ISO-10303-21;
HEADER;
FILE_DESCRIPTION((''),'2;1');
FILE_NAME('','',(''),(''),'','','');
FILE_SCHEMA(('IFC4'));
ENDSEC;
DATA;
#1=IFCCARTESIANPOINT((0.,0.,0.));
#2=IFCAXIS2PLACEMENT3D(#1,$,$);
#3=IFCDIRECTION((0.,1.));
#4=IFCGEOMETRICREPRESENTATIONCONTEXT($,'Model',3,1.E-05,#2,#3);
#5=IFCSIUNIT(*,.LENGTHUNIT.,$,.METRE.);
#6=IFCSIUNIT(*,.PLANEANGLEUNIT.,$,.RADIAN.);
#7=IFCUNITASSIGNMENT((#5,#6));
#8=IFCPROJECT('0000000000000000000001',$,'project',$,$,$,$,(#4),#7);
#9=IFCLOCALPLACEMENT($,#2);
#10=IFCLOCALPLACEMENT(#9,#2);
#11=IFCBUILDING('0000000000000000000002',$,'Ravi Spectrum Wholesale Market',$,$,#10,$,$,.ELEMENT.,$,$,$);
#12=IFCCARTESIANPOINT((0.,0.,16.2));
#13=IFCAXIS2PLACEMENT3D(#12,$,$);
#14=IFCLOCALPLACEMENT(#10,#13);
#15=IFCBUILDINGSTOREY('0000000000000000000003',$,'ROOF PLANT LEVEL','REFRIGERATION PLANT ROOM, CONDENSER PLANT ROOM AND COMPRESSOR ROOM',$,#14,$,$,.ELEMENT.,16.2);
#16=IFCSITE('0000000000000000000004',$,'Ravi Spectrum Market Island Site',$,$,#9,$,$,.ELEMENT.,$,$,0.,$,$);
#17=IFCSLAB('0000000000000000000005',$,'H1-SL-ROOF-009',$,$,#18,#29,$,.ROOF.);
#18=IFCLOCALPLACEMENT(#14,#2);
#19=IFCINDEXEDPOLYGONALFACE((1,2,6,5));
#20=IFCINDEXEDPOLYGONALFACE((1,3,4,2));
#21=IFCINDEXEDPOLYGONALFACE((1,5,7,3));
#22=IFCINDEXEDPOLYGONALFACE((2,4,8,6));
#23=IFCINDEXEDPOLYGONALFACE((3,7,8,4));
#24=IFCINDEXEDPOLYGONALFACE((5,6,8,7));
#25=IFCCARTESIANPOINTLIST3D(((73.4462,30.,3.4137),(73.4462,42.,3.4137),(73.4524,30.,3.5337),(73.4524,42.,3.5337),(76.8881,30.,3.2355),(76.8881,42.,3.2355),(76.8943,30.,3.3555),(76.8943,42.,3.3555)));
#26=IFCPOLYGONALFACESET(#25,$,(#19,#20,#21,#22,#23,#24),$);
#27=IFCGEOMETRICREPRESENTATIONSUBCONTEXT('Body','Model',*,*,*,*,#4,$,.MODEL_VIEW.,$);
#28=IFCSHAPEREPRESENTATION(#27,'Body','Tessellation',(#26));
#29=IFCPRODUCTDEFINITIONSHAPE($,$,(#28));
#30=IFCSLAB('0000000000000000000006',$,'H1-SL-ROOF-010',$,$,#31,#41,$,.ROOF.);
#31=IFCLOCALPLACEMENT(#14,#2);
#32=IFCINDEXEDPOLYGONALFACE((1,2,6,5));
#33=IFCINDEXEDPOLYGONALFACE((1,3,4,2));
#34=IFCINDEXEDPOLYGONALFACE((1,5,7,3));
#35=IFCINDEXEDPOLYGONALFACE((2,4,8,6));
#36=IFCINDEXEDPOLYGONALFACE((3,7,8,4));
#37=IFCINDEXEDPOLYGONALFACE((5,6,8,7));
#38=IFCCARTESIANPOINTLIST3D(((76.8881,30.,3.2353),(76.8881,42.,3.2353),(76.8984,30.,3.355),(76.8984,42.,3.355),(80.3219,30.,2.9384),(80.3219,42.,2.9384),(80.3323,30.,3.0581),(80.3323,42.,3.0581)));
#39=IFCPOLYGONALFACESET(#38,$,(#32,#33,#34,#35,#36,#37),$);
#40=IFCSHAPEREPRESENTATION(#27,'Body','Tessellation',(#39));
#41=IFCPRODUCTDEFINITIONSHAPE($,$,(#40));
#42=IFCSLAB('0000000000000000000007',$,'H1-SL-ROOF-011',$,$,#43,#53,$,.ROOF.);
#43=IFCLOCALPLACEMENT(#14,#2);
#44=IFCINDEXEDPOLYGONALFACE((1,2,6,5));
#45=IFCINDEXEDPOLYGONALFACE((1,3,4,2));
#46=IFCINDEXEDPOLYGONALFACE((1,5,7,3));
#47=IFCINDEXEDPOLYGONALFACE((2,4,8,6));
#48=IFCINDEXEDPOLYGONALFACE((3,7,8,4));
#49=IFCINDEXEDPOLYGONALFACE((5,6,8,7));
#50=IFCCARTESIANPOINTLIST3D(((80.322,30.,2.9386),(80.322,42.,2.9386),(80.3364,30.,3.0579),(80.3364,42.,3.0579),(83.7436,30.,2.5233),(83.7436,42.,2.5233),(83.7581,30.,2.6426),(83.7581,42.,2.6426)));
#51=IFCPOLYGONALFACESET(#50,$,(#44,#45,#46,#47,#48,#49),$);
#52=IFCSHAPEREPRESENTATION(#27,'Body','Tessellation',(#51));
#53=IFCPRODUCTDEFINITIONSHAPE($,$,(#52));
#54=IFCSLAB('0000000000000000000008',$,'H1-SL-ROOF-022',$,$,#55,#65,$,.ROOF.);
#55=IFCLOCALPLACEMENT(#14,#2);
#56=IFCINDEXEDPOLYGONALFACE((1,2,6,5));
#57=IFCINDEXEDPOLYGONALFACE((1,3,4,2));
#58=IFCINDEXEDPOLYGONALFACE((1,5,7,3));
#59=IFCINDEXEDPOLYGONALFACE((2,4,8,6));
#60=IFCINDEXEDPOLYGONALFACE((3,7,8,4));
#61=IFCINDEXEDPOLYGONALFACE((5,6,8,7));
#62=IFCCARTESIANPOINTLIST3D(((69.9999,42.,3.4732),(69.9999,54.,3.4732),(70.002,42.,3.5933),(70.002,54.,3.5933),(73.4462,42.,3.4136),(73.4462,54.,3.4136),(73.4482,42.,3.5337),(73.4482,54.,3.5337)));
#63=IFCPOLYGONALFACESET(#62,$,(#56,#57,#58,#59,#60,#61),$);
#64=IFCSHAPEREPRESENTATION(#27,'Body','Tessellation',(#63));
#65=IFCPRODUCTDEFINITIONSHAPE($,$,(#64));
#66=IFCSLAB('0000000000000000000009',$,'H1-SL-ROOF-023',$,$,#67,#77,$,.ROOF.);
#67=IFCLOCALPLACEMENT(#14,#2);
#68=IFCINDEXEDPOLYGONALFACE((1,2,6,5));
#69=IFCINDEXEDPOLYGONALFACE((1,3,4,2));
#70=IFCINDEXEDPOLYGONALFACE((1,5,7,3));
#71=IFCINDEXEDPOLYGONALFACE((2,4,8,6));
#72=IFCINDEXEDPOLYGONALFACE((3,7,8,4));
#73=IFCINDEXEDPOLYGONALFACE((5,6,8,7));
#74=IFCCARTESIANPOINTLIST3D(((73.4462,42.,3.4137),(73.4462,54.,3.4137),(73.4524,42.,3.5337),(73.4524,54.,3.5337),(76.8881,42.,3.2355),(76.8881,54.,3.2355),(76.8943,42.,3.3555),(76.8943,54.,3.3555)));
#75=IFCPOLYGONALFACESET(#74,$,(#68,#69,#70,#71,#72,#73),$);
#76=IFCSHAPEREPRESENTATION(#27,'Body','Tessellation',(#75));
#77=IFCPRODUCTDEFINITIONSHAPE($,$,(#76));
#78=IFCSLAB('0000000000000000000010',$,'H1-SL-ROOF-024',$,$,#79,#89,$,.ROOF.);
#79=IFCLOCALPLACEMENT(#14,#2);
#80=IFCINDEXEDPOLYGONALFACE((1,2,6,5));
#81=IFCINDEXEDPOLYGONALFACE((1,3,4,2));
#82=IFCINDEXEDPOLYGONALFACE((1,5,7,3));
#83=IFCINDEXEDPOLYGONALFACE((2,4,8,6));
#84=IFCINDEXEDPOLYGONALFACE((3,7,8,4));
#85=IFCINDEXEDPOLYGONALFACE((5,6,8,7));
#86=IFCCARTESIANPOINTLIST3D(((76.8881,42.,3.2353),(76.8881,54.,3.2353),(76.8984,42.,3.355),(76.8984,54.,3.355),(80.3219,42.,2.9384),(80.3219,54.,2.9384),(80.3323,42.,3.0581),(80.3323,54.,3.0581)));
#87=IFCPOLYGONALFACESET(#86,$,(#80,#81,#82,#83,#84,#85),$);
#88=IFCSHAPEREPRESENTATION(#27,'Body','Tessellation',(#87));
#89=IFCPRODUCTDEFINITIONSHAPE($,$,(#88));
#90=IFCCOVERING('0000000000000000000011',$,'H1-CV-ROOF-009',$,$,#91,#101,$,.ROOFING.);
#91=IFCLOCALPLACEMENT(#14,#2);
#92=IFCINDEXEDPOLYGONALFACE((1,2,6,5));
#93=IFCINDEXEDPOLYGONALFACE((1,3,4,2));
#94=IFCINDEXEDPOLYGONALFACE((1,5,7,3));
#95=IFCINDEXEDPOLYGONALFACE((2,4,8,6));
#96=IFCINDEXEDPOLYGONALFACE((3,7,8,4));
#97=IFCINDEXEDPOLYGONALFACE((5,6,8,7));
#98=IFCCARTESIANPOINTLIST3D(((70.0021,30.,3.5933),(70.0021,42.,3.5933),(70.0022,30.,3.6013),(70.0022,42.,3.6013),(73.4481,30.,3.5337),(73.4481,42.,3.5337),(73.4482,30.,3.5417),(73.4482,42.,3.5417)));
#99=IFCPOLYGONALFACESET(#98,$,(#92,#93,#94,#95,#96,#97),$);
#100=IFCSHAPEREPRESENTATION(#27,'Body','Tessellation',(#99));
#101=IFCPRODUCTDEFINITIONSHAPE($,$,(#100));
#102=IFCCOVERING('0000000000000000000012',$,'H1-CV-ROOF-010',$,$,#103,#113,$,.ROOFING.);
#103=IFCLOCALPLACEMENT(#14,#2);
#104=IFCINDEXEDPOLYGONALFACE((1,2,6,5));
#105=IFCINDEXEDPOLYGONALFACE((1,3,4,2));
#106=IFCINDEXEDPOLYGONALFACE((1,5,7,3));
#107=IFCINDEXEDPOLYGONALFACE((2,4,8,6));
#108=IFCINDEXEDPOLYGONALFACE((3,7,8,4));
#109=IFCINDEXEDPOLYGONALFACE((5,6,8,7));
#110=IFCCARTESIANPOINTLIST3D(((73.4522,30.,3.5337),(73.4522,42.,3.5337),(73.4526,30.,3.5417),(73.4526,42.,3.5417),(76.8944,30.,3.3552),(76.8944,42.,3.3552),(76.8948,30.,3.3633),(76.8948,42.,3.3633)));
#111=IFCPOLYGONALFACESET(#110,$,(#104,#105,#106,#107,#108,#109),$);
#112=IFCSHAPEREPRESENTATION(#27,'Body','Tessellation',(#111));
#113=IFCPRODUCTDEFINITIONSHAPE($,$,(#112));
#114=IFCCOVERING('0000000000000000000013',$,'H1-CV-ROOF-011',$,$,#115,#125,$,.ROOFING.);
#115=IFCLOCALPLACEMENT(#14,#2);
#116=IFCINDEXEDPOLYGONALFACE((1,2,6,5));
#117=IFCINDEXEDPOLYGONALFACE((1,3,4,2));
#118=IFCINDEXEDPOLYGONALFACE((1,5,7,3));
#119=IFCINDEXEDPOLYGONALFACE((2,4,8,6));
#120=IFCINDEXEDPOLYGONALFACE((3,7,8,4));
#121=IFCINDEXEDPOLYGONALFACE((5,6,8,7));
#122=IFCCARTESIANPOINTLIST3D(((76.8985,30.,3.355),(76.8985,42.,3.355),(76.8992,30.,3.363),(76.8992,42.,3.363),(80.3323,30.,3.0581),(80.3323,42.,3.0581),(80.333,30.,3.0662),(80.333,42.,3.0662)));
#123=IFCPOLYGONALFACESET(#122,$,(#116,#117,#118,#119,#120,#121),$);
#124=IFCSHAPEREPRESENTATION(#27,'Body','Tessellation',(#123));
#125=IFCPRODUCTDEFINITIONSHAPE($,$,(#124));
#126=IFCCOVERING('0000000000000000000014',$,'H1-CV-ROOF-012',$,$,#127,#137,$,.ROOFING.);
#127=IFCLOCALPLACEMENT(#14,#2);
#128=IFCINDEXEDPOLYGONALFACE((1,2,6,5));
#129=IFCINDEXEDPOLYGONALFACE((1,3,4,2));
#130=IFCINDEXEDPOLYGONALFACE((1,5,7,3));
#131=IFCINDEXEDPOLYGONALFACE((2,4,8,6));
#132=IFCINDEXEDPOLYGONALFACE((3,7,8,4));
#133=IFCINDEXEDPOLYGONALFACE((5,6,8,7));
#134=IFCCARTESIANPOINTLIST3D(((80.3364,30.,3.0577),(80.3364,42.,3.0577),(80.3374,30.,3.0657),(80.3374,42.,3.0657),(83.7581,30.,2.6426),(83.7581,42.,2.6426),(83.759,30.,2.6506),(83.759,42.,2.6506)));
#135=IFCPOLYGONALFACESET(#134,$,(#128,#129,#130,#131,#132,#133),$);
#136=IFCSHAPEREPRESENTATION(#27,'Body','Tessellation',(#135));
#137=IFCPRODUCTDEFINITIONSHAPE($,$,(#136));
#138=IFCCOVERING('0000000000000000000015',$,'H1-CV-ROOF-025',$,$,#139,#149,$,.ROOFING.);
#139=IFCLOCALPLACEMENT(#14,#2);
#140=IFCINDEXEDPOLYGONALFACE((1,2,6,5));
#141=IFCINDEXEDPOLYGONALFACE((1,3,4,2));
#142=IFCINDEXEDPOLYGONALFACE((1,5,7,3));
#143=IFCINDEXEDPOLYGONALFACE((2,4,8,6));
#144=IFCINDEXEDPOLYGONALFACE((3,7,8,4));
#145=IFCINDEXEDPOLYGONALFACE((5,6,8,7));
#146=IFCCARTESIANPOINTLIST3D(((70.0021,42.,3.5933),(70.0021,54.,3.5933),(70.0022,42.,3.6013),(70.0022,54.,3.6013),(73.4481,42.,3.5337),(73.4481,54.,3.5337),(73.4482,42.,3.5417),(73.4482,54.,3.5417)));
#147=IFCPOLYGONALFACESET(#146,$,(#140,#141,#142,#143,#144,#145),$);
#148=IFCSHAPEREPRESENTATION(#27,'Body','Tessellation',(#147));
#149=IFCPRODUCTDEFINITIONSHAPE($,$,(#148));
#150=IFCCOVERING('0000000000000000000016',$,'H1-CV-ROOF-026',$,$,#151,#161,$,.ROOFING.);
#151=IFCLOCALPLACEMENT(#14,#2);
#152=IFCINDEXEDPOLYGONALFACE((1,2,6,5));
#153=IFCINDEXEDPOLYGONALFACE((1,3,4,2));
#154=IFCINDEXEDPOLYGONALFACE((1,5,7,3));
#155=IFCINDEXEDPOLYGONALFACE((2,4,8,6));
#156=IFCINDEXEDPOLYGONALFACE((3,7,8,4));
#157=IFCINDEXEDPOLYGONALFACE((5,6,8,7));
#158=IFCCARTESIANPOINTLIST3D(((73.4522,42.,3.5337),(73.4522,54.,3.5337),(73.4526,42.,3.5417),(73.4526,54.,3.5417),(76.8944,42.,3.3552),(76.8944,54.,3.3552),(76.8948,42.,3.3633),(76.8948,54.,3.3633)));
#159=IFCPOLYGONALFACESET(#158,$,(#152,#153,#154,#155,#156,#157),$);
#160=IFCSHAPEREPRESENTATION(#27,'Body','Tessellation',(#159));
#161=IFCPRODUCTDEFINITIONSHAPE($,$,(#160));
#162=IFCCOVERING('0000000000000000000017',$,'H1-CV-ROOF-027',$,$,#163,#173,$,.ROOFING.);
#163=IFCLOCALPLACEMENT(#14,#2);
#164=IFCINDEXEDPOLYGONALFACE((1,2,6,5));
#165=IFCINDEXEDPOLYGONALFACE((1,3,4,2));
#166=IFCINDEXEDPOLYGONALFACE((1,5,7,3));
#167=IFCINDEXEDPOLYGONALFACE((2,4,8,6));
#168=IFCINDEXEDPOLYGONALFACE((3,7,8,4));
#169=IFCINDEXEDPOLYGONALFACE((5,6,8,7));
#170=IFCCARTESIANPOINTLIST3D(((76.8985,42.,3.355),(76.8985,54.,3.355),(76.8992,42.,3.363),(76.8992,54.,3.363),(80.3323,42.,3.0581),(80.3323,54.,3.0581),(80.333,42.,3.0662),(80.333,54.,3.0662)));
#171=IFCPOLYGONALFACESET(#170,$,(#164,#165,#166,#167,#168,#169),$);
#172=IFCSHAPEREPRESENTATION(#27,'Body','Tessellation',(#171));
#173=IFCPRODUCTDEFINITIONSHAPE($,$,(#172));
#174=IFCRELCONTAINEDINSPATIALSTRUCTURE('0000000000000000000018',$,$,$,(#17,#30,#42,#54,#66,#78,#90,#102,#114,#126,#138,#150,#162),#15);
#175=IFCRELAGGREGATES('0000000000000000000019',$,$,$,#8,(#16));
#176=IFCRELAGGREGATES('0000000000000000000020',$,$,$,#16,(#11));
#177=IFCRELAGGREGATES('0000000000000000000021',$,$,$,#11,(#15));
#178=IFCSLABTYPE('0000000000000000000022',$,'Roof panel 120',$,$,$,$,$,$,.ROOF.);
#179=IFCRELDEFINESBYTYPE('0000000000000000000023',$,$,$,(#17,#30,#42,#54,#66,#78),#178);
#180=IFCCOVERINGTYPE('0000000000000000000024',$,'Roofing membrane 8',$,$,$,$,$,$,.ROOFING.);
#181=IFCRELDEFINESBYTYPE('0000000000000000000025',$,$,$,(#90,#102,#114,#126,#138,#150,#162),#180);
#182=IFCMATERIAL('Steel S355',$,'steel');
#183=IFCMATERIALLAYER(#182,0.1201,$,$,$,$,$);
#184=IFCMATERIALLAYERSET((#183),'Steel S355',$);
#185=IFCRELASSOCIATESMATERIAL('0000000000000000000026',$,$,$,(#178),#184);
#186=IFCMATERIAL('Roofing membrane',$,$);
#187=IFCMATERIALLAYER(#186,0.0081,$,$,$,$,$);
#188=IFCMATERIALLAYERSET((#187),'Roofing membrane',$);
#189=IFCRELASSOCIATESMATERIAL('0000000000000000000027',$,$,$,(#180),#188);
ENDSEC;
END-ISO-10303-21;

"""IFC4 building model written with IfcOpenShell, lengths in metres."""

from ifc_helpers import new_model, si_unit, direction, frame, origin, place, context, subcontext, project, spatial, polyline, outline, extrude, material, layer, layer_set, type_object, element, save


model = new_model("IFC4")

# Units and contexts
model_context = context("Model", 3, precision=1e-05, world=origin(), true_north=direction((0.0, 1.0)))
body_context = subcontext(model_context, "Body", "Model", "MODEL_VIEW")
ifc_project = project(units=[si_unit("LENGTHUNIT", "METRE"), si_unit("PLANEANGLEUNIT", "RADIAN")], contexts=[model_context])

# Site, building, storey
site_placement = place(None, origin())
site = spatial("IfcSite", under=ifc_project, at=site_placement, Name="Ravi Spectrum Market Island Site", CompositionType="ELEMENT", RefElevation=0.0)
building_placement = place(site_placement, origin())
building = spatial("IfcBuilding", under=site, at=building_placement, Name="Ravi Spectrum Wholesale Market", CompositionType="ELEMENT")
storey_placement = place(building_placement, frame((0.0, 0.0, 16.2)))
storey = spatial("IfcBuildingStorey", under=building, at=storey_placement, Name="ROOF PLANT LEVEL", Description="REFRIGERATION PLANT ROOM, CONDENSER PLANT ROOM AND COMPRESSOR ROOM", CompositionType="ELEMENT", Elevation=16.2)

# Slabs
ifc_material_1 = material(Name="Steel S355", Category="steel")
ifc_layer_1 = layer(ifc_material_1, 0.1201)
ifc_layer_set_1 = layer_set([ifc_layer_1], Name="Steel S355")
slab_type = type_object("IfcSlabType", Name="Roof panel 120", PredefinedType="ROOF", material=ifc_layer_set_1)
slab_1_placement = place(storey_placement, frame((73.4524, 30.0, 3.5337), z_axis=(0.051711, 0.0, 0.998662), x_axis=(0.998662, 0.0, -0.051711)))
element("IfcSlab", 1, at=slab_1_placement, inside=storey, type_object=slab_type, Name="H1-SL-ROOF-009", PredefinedType="ROOF", context=body_context, shape_type="SweptSolid", body=[
    extrude(outline(polyline([(0.0, 0.0), (3.4465, 0.0), (3.4465, 12.0), (0.0, 12.0), (0.0, 0.0)])), origin(), (0.0, 0.0, -1.0), 0.1201),
])
slab_2_placement = place(storey_placement, frame((76.8984, 30.0, 3.355), z_axis=(0.086134, 0.0, 0.996284), x_axis=(0.996284, 0.0, -0.086134)))
element("IfcSlab", 2, at=slab_2_placement, inside=storey, type_object=slab_type, Name="H1-SL-ROOF-010", PredefinedType="ROOF", context=body_context, shape_type="SweptSolid", body=[
    extrude(outline(polyline([(0.0, 0.0), (3.4466, 0.0), (3.4466, 12.0), (0.0, 12.0), (0.0, 0.0)])), origin(), (0.0, 0.0, -1.0), 0.1201),
])
slab_3_placement = place(storey_placement, frame((80.3364, 30.0, 3.0579), z_axis=(0.120486, 0.0, 0.992715), x_axis=(0.992715, 0.0, -0.120486)))
element("IfcSlab", 3, at=slab_3_placement, inside=storey, type_object=slab_type, Name="H1-SL-ROOF-011", PredefinedType="ROOF", context=body_context, shape_type="SweptSolid", body=[
    extrude(outline(polyline([(0.0, 0.0), (3.4467, 0.0), (3.4467, 12.0), (0.0, 12.0), (0.0, 0.0)])), origin(), (0.0, 0.0, -1.0), 0.1201),
])
slab_4_placement = place(storey_placement, frame((70.002, 42.0, 3.5933), z_axis=(0.017283, 0.0, 0.999851), x_axis=(0.999851, 0.0, -0.017283)))
element("IfcSlab", 4, at=slab_4_placement, inside=storey, type_object=slab_type, Name="H1-SL-ROOF-022", PredefinedType="ROOF", context=body_context, shape_type="SweptSolid", body=[
    extrude(outline(polyline([(0.0, 0.0), (3.4468, 0.0), (3.4468, 12.0), (0.0, 12.0), (0.0, 0.0)])), origin(), (0.0, 0.0, -1.0), 0.1201),
])
slab_5_placement = place(storey_placement, frame((73.4524, 42.0, 3.5337), z_axis=(0.051711, 0.0, 0.998662), x_axis=(0.998662, 0.0, -0.051711)))
element("IfcSlab", 5, at=slab_5_placement, inside=storey, type_object=slab_type, Name="H1-SL-ROOF-023", PredefinedType="ROOF", context=body_context, shape_type="SweptSolid", body=[
    extrude(outline(polyline([(0.0, 0.0), (3.4465, 0.0), (3.4465, 12.0), (0.0, 12.0), (0.0, 0.0)])), origin(), (0.0, 0.0, -1.0), 0.1201),
])
slab_6_placement = place(storey_placement, frame((76.8984, 42.0, 3.355), z_axis=(0.086134, 0.0, 0.996284), x_axis=(0.996284, 0.0, -0.086134)))
element("IfcSlab", 6, at=slab_6_placement, inside=storey, type_object=slab_type, Name="H1-SL-ROOF-024", PredefinedType="ROOF", context=body_context, shape_type="SweptSolid", body=[
    extrude(outline(polyline([(0.0, 0.0), (3.4466, 0.0), (3.4466, 12.0), (0.0, 12.0), (0.0, 0.0)])), origin(), (0.0, 0.0, -1.0), 0.1201),
])

# Coverings
ifc_material_2 = material(Name="Roofing membrane")
ifc_layer_2 = layer(ifc_material_2, 0.0081)
ifc_layer_set_2 = layer_set([ifc_layer_2], Name="Roofing membrane")
covering_type = type_object("IfcCoveringType", Name="Roofing membrane 8", PredefinedType="ROOFING", material=ifc_layer_set_2)
covering_1_placement = place(storey_placement, frame((70.0022, 30.0, 3.6013), z_axis=(0.017284, 0.0, 0.999851), x_axis=(0.999851, 0.0, -0.017284)))
element("IfcCovering", 7, at=covering_1_placement, inside=storey, type_object=covering_type, Name="H1-CV-ROOF-009", PredefinedType="ROOFING", context=body_context, shape_type="SweptSolid", body=[
    extrude(outline(polyline([(0.0, 0.0), (3.4466, 0.0), (3.4466, 12.0), (0.0, 12.0), (0.0, 0.0)])), origin(), (0.0, 0.0, -1.0), 0.0081),
])
covering_2_placement = place(storey_placement, frame((73.4526, 30.0, 3.5417), z_axis=(0.051778, 0.0, 0.998659), x_axis=(0.998659, 0.0, -0.051778)))
element("IfcCovering", 8, at=covering_2_placement, inside=storey, type_object=covering_type, Name="H1-CV-ROOF-010", PredefinedType="ROOFING", context=body_context, shape_type="SweptSolid", body=[
    extrude(outline(polyline([(0.0, 0.0), (3.4468, 0.0), (3.4468, 12.0), (0.0, 12.0), (0.0, 0.0)])), origin(), (0.0, 0.0, -1.0), 0.0081),
])
covering_3_placement = place(storey_placement, frame((76.8992, 30.0, 3.363), z_axis=(0.086134, 0.0, 0.996284), x_axis=(0.996284, 0.0, -0.086134)))
element("IfcCovering", 9, at=covering_3_placement, inside=storey, type_object=covering_type, Name="H1-CV-ROOF-011", PredefinedType="ROOFING", context=body_context, shape_type="SweptSolid", body=[
    extrude(outline(polyline([(0.0, 0.0), (3.4466, 0.0), (3.4466, 12.0), (0.0, 12.0), (0.0, 0.0)])), origin(), (0.0, 0.0, -1.0), 0.0081),
])
covering_4_placement = place(storey_placement, frame((80.3374, 30.0, 3.0657), z_axis=(0.120416, 0.0, 0.992724), x_axis=(0.992724, 0.0, -0.120416)))
element("IfcCovering", 10, at=covering_4_placement, inside=storey, type_object=covering_type, Name="H1-CV-ROOF-012", PredefinedType="ROOFING", context=body_context, shape_type="SweptSolid", body=[
    extrude(outline(polyline([(0.0, 0.0), (3.4467, 0.0), (3.4467, 12.0), (0.0, 12.0), (0.0, 0.0)])), origin(), (0.0, 0.0, -1.0), 0.0081),
])
covering_5_placement = place(storey_placement, frame((70.0022, 42.0, 3.6013), z_axis=(0.017284, 0.0, 0.999851), x_axis=(0.999851, 0.0, -0.017284)))
element("IfcCovering", 11, at=covering_5_placement, inside=storey, type_object=covering_type, Name="H1-CV-ROOF-025", PredefinedType="ROOFING", context=body_context, shape_type="SweptSolid", body=[
    extrude(outline(polyline([(0.0, 0.0), (3.4466, 0.0), (3.4466, 12.0), (0.0, 12.0), (0.0, 0.0)])), origin(), (0.0, 0.0, -1.0), 0.0081),
])
covering_6_placement = place(storey_placement, frame((73.4526, 42.0, 3.5417), z_axis=(0.051778, 0.0, 0.998659), x_axis=(0.998659, 0.0, -0.051778)))
element("IfcCovering", 12, at=covering_6_placement, inside=storey, type_object=covering_type, Name="H1-CV-ROOF-026", PredefinedType="ROOFING", context=body_context, shape_type="SweptSolid", body=[
    extrude(outline(polyline([(0.0, 0.0), (3.4468, 0.0), (3.4468, 12.0), (0.0, 12.0), (0.0, 0.0)])), origin(), (0.0, 0.0, -1.0), 0.0081),
])
covering_7_placement = place(storey_placement, frame((76.8992, 42.0, 3.363), z_axis=(0.086134, 0.0, 0.996284), x_axis=(0.996284, 0.0, -0.086134)))
element("IfcCovering", 13, at=covering_7_placement, inside=storey, type_object=covering_type, Name="H1-CV-ROOF-027", PredefinedType="ROOFING", context=body_context, shape_type="SweptSolid", body=[
    extrude(outline(polyline([(0.0, 0.0), (3.4466, 0.0), (3.4466, 12.0), (0.0, 12.0), (0.0, 0.0)])), origin(), (0.0, 0.0, -1.0), 0.0081),
])

save(model, "model.ifc")
